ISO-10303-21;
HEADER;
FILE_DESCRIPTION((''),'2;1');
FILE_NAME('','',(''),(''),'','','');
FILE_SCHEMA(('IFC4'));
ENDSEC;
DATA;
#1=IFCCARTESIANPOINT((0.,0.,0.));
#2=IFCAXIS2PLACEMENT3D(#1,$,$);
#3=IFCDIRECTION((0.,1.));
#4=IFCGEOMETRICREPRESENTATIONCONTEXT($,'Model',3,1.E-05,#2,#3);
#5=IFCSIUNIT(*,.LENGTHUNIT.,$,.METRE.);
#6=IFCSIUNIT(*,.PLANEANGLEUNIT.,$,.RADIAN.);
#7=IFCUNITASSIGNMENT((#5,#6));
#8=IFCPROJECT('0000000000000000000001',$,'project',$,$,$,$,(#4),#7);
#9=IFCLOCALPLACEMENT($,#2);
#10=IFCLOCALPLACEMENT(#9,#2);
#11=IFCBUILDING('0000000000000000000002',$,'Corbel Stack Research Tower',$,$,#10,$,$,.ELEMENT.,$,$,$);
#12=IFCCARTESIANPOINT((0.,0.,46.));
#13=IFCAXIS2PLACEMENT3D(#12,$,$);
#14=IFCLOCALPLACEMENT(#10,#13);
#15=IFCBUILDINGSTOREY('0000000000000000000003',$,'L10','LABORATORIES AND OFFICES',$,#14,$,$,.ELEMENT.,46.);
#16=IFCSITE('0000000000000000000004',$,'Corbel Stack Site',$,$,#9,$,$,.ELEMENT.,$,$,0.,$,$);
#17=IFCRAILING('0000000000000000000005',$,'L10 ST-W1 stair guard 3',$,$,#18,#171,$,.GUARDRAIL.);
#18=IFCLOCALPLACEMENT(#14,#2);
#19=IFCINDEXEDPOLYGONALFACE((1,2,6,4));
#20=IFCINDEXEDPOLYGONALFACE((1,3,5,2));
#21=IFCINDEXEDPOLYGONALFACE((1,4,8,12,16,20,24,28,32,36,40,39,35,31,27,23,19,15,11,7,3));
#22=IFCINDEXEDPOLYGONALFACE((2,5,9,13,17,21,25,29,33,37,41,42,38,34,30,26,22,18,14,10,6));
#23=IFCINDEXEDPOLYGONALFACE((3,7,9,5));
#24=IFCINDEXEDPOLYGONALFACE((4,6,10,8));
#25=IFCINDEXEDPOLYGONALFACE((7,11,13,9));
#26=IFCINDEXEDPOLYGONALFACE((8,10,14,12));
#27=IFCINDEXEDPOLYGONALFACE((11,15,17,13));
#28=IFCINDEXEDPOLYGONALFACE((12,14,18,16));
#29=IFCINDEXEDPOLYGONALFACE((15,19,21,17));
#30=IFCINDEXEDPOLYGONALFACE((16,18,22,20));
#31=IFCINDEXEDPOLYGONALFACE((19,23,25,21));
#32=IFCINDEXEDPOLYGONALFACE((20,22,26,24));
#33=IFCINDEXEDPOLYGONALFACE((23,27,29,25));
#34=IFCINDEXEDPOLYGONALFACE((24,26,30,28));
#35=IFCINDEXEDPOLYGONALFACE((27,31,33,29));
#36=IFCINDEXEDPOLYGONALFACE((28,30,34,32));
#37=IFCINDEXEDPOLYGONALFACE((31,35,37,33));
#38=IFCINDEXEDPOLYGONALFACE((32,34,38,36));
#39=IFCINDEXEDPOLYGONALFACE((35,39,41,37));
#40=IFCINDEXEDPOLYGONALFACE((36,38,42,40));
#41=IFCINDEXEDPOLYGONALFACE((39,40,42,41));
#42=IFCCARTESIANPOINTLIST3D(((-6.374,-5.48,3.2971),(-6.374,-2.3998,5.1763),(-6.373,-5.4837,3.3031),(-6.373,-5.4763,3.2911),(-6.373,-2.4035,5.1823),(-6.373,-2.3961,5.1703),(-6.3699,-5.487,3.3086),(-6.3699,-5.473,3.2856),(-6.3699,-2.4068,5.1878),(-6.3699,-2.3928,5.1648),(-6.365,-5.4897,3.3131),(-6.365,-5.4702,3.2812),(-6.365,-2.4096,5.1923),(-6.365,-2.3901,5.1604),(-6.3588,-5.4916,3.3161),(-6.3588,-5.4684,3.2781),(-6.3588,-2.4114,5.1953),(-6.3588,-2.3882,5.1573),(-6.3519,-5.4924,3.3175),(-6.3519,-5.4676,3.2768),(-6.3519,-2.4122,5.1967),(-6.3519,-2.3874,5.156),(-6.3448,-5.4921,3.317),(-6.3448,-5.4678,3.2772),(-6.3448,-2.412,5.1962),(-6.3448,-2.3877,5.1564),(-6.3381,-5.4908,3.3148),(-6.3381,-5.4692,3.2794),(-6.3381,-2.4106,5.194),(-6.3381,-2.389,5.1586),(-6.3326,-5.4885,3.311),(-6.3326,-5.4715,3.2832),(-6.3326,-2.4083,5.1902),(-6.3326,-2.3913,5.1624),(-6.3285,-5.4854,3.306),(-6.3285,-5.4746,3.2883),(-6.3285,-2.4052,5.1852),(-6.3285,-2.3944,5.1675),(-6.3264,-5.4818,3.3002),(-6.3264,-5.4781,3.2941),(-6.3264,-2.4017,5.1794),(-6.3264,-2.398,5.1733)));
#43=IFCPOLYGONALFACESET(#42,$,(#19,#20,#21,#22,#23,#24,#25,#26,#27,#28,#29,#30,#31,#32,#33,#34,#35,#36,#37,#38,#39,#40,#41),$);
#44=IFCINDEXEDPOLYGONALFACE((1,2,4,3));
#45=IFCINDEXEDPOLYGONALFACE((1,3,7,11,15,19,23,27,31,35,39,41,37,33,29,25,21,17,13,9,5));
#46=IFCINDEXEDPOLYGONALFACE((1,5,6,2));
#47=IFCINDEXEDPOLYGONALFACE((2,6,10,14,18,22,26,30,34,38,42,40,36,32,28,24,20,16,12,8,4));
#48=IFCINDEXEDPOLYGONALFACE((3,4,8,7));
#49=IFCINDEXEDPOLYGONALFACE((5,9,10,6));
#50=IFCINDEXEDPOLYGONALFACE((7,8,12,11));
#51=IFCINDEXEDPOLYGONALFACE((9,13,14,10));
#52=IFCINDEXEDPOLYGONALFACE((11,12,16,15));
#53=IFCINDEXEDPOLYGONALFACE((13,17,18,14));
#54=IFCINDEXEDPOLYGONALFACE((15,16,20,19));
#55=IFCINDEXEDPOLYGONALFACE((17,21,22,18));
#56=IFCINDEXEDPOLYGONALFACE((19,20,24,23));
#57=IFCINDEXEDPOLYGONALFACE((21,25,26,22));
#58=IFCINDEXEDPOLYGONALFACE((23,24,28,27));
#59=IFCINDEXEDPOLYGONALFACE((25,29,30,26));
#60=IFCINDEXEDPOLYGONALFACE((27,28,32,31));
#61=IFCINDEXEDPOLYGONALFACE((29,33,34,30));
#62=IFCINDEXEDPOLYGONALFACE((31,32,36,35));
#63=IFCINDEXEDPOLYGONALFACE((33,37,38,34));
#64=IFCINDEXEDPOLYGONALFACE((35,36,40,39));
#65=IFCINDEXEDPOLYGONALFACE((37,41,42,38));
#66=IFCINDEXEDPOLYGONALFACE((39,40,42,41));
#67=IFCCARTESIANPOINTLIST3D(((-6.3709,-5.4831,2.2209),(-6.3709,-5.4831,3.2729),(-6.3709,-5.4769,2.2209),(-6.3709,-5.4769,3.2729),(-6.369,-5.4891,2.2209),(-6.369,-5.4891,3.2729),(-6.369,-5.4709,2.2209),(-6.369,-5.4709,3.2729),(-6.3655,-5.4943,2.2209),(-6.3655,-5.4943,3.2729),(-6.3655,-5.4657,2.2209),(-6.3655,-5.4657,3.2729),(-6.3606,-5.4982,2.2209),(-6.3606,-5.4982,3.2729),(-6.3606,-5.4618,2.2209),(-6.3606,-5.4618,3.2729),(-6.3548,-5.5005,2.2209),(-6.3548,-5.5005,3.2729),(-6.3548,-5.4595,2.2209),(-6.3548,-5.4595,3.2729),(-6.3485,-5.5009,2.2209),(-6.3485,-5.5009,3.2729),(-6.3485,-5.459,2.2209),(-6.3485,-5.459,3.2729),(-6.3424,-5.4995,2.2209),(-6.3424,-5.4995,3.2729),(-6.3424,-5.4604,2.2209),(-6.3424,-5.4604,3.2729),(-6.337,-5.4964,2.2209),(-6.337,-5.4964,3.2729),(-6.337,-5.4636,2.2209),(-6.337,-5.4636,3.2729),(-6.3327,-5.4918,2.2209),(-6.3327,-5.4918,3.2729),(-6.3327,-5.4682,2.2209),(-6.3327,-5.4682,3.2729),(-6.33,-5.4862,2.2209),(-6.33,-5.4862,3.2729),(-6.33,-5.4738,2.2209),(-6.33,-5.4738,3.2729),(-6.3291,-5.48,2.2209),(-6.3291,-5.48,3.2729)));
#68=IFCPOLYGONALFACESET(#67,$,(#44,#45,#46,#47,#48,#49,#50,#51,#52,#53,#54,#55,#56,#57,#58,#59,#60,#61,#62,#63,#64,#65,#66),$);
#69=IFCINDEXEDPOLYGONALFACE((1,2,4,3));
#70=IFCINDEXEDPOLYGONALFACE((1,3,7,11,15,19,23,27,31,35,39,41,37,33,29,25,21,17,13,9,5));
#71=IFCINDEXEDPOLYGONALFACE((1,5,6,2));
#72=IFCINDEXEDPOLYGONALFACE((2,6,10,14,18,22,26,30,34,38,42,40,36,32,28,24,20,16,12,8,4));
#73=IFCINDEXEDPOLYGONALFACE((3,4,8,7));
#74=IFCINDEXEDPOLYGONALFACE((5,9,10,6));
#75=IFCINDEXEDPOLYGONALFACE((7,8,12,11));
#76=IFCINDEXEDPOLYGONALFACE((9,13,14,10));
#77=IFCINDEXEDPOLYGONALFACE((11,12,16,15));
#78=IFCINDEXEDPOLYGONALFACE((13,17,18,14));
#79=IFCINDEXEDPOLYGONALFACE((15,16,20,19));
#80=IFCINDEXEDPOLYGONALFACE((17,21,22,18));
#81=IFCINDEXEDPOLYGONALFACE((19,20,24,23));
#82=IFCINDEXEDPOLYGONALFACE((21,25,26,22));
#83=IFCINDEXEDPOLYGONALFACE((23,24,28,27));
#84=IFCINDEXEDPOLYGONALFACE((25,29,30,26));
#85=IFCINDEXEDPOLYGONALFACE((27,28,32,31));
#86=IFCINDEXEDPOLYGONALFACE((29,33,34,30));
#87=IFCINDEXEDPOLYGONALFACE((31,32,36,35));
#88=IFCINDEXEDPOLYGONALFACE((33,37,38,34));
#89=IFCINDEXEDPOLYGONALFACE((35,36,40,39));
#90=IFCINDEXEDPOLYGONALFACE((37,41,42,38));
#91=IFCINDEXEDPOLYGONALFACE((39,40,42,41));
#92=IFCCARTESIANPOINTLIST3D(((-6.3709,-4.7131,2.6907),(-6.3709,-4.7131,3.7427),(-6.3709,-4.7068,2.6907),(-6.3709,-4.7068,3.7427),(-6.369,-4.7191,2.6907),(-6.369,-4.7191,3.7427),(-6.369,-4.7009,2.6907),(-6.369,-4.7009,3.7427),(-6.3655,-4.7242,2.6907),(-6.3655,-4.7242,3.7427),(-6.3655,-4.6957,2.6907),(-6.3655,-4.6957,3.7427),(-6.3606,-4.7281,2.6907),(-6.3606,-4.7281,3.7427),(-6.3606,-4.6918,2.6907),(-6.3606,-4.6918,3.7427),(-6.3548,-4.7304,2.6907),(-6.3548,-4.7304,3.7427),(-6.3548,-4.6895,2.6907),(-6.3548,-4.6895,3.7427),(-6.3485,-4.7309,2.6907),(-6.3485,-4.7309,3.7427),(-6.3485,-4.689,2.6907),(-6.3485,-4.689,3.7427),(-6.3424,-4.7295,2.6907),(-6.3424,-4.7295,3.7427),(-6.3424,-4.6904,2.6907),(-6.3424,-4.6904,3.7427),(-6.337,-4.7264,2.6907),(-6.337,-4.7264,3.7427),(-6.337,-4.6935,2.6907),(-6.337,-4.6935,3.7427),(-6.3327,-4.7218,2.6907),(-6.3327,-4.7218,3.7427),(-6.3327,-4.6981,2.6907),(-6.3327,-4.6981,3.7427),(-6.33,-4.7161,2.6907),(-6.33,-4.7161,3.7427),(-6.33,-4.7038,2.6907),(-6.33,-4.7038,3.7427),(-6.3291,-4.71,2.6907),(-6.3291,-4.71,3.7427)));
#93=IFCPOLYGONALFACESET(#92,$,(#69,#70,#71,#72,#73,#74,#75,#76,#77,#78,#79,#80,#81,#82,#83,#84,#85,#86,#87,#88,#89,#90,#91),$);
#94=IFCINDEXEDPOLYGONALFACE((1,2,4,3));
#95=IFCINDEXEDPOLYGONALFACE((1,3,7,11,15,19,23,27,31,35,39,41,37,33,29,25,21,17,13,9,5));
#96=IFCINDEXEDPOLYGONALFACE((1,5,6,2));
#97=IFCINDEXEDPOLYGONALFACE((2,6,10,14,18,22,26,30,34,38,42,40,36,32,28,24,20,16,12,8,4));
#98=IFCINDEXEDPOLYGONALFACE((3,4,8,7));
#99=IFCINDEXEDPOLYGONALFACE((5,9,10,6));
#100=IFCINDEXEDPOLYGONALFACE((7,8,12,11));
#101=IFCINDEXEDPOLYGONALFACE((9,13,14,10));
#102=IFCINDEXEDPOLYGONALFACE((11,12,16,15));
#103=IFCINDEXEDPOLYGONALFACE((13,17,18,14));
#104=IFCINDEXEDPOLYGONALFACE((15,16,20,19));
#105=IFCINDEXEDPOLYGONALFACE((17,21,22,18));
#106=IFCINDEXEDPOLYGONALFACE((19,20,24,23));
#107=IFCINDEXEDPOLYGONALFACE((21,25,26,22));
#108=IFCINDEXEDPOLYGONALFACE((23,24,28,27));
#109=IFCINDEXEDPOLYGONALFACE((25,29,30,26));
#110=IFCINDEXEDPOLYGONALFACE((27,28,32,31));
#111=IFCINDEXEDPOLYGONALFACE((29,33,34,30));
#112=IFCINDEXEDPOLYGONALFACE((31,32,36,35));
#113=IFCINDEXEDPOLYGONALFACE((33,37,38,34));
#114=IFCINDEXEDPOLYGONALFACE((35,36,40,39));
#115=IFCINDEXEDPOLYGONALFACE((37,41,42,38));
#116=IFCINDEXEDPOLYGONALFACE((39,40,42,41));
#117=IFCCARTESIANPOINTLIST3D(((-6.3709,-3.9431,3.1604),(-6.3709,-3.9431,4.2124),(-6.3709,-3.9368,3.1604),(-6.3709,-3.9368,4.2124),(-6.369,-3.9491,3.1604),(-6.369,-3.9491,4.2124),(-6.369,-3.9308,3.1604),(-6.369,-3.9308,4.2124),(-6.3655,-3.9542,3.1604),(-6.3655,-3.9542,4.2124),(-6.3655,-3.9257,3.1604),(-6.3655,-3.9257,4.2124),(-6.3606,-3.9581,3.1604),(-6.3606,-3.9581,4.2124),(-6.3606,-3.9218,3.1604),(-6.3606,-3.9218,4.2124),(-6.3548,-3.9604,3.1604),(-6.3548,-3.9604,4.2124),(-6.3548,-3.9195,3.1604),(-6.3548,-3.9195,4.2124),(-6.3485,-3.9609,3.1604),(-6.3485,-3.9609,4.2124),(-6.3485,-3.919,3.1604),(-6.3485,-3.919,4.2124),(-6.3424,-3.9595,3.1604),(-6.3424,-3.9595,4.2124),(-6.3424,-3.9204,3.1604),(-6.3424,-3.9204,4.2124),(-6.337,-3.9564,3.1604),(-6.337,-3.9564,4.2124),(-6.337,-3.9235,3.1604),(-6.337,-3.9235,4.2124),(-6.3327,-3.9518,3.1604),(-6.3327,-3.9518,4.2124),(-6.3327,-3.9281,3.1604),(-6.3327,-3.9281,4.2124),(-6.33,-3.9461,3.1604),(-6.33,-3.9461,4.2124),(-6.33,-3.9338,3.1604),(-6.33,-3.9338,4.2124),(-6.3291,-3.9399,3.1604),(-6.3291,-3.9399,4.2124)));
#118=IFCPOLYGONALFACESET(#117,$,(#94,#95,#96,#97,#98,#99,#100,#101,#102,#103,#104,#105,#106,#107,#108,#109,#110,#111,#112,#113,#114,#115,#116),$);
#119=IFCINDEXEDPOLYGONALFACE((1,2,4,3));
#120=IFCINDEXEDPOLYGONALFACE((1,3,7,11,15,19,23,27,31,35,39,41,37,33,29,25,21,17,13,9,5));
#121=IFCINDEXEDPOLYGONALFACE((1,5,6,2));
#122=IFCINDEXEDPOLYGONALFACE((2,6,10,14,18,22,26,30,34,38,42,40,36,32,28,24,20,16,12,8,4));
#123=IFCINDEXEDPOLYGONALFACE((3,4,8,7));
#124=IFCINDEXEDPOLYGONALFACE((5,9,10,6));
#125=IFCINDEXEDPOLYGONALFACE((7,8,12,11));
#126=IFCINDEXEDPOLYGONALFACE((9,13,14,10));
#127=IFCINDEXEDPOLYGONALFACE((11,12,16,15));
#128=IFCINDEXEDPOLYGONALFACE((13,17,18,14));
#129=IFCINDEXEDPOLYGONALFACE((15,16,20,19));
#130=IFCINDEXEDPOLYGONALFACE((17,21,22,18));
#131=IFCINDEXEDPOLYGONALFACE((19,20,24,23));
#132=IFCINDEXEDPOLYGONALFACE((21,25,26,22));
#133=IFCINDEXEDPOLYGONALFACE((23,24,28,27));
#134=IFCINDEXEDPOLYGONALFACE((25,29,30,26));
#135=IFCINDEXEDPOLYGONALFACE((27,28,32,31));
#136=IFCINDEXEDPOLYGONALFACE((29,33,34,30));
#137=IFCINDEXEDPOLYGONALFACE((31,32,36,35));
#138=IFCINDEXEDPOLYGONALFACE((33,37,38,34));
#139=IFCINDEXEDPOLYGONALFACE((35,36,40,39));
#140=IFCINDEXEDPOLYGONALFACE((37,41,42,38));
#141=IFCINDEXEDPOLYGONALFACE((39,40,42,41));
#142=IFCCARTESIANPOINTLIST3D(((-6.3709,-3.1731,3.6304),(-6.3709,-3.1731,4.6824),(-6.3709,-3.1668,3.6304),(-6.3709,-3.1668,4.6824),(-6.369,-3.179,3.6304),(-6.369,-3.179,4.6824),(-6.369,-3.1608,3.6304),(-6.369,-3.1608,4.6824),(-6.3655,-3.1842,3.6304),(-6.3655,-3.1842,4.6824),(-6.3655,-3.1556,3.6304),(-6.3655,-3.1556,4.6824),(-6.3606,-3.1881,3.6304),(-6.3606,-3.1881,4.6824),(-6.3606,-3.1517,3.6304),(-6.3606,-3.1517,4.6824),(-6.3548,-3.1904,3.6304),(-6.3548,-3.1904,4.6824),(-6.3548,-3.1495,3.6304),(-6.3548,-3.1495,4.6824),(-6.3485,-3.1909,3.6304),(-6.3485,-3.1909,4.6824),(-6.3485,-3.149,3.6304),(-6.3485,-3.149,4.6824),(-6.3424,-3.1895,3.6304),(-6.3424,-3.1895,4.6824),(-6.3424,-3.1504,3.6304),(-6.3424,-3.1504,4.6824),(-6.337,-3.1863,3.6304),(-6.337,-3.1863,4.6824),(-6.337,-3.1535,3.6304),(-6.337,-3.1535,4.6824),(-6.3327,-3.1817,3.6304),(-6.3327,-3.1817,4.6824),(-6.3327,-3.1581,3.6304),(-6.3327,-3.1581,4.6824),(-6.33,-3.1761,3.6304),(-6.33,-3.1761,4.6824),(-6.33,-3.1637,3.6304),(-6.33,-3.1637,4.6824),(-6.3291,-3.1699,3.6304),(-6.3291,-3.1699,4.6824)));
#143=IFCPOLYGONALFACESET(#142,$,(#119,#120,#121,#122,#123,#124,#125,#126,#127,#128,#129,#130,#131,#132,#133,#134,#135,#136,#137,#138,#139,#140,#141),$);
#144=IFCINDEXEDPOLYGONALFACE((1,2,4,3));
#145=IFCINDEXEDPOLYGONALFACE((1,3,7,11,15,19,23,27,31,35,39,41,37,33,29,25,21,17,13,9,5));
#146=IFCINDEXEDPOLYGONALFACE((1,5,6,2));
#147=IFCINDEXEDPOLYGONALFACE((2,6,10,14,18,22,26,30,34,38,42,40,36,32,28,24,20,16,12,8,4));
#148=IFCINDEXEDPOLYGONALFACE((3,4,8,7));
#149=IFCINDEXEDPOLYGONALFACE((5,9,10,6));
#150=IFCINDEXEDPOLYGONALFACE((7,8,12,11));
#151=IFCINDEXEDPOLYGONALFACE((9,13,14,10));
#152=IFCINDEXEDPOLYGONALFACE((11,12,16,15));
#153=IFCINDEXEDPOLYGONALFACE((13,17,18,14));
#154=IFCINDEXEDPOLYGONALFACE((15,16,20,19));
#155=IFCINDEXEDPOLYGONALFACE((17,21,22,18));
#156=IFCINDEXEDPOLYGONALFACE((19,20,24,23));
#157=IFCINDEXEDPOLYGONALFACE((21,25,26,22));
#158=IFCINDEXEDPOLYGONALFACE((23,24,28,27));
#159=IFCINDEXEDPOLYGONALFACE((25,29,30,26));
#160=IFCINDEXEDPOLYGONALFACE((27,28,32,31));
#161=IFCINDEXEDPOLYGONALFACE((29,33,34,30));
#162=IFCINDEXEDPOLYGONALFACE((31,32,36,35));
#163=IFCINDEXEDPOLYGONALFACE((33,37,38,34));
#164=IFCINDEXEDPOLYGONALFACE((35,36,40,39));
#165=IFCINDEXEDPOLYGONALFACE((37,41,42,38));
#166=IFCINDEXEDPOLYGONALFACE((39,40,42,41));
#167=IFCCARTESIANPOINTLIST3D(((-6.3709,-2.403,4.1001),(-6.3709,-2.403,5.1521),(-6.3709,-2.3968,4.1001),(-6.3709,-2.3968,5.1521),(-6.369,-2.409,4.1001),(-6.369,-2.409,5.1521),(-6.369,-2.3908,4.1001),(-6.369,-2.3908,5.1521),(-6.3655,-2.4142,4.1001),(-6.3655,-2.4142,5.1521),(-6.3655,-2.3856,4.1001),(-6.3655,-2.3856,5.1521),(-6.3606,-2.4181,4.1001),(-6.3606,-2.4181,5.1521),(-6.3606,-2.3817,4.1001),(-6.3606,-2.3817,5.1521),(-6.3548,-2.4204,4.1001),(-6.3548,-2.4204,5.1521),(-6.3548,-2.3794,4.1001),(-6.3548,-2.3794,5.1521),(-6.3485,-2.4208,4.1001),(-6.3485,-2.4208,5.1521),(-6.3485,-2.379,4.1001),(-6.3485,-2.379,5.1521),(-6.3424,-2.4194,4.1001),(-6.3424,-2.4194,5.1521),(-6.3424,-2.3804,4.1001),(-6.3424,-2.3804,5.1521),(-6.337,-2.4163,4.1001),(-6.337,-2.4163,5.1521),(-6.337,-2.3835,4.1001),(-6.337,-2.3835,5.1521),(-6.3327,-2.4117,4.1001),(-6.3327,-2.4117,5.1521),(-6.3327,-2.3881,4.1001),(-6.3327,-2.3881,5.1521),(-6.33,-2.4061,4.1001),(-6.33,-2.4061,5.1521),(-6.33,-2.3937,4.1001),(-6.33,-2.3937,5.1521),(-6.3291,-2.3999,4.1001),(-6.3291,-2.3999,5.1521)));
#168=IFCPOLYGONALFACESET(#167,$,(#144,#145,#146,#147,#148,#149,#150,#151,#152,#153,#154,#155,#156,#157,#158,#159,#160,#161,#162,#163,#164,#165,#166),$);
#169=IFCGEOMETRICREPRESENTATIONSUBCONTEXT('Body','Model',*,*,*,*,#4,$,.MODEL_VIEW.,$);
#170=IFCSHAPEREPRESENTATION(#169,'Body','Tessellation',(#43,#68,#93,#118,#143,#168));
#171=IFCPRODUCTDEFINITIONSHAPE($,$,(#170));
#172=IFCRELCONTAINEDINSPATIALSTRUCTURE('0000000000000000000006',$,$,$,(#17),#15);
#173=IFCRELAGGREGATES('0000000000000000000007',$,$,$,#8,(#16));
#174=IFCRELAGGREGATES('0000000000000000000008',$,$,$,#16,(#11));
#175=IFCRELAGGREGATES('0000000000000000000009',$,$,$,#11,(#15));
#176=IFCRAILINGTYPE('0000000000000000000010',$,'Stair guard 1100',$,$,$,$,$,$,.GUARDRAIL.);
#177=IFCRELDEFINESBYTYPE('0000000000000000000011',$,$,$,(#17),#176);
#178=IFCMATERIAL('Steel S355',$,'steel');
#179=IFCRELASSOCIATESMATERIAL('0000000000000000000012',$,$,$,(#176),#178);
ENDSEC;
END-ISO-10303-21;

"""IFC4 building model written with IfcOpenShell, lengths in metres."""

from ifc_helpers import new_model, si_unit, direction, frame, origin, origin_2d, place, context, subcontext, project, spatial, circle, extrude, material, type_object, element, save


model = new_model("IFC4")

# Units and contexts
model_context = context("Model", 3, precision=1e-05, world=origin(), true_north=direction((0.0, 1.0)))
body_context = subcontext(model_context, "Body", "Model", "MODEL_VIEW")
ifc_project = project(units=[si_unit("LENGTHUNIT", "METRE"), si_unit("PLANEANGLEUNIT", "RADIAN")], contexts=[model_context])

# Site, building, storey
site_placement = place(None, origin())
site = spatial("IfcSite", under=ifc_project, at=site_placement, Name="Corbel Stack Site", CompositionType="ELEMENT", RefElevation=0.0)
building_placement = place(site_placement, origin())
building = spatial("IfcBuilding", under=site, at=building_placement, Name="Corbel Stack Research Tower", CompositionType="ELEMENT")
storey_placement = place(building_placement, frame((0.0, 0.0, 46.0)))
storey = spatial("IfcBuildingStorey", under=building, at=storey_placement, Name="L10", Description="LABORATORIES AND OFFICES", CompositionType="ELEMENT", Elevation=46.0)

# Railing
ifc_material_1 = material(Name="Steel S355", Category="steel")
railing_type_1 = type_object("IfcRailingType", Name="Stair guard 1100", PredefinedType="GUARDRAIL", material=ifc_material_1)
railing_1_placement = place(storey_placement, frame((-6.3501, -5.48, 2.2209)))
element("IfcRailing", 1, at=railing_1_placement, inside=storey, type_object=railing_type_1, Name="L10 ST-W1 stair guard 3", PredefinedType="GUARDRAIL", context=body_context, shape_type="SweptSolid", body=[
    extrude(circle(Radius=0.0239, at=origin_2d()), frame((0.0, 0.0, 1.0762), z_axis=(0.0, 0.853666, 0.52082), x_axis=(-1.0, 0.0, 0.0)), (0.0, 0.0, 1.0), 3.6082),
    extrude(circle(Radius=0.021, at=origin_2d()), origin(), (0.0, 0.0, 1.0), 1.052),
    extrude(circle(Radius=0.021, at=origin_2d()), frame((0.0, 0.77, 0.4697)), (0.0, 0.0, 1.0), 1.052),
    extrude(circle(Radius=0.021, at=origin_2d()), frame((0.0, 1.54, 0.9395)), (0.0, 0.0, 1.0), 1.052),
    extrude(circle(Radius=0.021, at=origin_2d()), frame((0.0, 2.3101, 1.4094)), (0.0, 0.0, 1.0), 1.052),
    extrude(circle(Radius=0.021, at=origin_2d()), frame((0.0, 3.0801, 1.8792)), (0.0, 0.0, 1.0), 1.052),
])

save(model, "model.ifc")
